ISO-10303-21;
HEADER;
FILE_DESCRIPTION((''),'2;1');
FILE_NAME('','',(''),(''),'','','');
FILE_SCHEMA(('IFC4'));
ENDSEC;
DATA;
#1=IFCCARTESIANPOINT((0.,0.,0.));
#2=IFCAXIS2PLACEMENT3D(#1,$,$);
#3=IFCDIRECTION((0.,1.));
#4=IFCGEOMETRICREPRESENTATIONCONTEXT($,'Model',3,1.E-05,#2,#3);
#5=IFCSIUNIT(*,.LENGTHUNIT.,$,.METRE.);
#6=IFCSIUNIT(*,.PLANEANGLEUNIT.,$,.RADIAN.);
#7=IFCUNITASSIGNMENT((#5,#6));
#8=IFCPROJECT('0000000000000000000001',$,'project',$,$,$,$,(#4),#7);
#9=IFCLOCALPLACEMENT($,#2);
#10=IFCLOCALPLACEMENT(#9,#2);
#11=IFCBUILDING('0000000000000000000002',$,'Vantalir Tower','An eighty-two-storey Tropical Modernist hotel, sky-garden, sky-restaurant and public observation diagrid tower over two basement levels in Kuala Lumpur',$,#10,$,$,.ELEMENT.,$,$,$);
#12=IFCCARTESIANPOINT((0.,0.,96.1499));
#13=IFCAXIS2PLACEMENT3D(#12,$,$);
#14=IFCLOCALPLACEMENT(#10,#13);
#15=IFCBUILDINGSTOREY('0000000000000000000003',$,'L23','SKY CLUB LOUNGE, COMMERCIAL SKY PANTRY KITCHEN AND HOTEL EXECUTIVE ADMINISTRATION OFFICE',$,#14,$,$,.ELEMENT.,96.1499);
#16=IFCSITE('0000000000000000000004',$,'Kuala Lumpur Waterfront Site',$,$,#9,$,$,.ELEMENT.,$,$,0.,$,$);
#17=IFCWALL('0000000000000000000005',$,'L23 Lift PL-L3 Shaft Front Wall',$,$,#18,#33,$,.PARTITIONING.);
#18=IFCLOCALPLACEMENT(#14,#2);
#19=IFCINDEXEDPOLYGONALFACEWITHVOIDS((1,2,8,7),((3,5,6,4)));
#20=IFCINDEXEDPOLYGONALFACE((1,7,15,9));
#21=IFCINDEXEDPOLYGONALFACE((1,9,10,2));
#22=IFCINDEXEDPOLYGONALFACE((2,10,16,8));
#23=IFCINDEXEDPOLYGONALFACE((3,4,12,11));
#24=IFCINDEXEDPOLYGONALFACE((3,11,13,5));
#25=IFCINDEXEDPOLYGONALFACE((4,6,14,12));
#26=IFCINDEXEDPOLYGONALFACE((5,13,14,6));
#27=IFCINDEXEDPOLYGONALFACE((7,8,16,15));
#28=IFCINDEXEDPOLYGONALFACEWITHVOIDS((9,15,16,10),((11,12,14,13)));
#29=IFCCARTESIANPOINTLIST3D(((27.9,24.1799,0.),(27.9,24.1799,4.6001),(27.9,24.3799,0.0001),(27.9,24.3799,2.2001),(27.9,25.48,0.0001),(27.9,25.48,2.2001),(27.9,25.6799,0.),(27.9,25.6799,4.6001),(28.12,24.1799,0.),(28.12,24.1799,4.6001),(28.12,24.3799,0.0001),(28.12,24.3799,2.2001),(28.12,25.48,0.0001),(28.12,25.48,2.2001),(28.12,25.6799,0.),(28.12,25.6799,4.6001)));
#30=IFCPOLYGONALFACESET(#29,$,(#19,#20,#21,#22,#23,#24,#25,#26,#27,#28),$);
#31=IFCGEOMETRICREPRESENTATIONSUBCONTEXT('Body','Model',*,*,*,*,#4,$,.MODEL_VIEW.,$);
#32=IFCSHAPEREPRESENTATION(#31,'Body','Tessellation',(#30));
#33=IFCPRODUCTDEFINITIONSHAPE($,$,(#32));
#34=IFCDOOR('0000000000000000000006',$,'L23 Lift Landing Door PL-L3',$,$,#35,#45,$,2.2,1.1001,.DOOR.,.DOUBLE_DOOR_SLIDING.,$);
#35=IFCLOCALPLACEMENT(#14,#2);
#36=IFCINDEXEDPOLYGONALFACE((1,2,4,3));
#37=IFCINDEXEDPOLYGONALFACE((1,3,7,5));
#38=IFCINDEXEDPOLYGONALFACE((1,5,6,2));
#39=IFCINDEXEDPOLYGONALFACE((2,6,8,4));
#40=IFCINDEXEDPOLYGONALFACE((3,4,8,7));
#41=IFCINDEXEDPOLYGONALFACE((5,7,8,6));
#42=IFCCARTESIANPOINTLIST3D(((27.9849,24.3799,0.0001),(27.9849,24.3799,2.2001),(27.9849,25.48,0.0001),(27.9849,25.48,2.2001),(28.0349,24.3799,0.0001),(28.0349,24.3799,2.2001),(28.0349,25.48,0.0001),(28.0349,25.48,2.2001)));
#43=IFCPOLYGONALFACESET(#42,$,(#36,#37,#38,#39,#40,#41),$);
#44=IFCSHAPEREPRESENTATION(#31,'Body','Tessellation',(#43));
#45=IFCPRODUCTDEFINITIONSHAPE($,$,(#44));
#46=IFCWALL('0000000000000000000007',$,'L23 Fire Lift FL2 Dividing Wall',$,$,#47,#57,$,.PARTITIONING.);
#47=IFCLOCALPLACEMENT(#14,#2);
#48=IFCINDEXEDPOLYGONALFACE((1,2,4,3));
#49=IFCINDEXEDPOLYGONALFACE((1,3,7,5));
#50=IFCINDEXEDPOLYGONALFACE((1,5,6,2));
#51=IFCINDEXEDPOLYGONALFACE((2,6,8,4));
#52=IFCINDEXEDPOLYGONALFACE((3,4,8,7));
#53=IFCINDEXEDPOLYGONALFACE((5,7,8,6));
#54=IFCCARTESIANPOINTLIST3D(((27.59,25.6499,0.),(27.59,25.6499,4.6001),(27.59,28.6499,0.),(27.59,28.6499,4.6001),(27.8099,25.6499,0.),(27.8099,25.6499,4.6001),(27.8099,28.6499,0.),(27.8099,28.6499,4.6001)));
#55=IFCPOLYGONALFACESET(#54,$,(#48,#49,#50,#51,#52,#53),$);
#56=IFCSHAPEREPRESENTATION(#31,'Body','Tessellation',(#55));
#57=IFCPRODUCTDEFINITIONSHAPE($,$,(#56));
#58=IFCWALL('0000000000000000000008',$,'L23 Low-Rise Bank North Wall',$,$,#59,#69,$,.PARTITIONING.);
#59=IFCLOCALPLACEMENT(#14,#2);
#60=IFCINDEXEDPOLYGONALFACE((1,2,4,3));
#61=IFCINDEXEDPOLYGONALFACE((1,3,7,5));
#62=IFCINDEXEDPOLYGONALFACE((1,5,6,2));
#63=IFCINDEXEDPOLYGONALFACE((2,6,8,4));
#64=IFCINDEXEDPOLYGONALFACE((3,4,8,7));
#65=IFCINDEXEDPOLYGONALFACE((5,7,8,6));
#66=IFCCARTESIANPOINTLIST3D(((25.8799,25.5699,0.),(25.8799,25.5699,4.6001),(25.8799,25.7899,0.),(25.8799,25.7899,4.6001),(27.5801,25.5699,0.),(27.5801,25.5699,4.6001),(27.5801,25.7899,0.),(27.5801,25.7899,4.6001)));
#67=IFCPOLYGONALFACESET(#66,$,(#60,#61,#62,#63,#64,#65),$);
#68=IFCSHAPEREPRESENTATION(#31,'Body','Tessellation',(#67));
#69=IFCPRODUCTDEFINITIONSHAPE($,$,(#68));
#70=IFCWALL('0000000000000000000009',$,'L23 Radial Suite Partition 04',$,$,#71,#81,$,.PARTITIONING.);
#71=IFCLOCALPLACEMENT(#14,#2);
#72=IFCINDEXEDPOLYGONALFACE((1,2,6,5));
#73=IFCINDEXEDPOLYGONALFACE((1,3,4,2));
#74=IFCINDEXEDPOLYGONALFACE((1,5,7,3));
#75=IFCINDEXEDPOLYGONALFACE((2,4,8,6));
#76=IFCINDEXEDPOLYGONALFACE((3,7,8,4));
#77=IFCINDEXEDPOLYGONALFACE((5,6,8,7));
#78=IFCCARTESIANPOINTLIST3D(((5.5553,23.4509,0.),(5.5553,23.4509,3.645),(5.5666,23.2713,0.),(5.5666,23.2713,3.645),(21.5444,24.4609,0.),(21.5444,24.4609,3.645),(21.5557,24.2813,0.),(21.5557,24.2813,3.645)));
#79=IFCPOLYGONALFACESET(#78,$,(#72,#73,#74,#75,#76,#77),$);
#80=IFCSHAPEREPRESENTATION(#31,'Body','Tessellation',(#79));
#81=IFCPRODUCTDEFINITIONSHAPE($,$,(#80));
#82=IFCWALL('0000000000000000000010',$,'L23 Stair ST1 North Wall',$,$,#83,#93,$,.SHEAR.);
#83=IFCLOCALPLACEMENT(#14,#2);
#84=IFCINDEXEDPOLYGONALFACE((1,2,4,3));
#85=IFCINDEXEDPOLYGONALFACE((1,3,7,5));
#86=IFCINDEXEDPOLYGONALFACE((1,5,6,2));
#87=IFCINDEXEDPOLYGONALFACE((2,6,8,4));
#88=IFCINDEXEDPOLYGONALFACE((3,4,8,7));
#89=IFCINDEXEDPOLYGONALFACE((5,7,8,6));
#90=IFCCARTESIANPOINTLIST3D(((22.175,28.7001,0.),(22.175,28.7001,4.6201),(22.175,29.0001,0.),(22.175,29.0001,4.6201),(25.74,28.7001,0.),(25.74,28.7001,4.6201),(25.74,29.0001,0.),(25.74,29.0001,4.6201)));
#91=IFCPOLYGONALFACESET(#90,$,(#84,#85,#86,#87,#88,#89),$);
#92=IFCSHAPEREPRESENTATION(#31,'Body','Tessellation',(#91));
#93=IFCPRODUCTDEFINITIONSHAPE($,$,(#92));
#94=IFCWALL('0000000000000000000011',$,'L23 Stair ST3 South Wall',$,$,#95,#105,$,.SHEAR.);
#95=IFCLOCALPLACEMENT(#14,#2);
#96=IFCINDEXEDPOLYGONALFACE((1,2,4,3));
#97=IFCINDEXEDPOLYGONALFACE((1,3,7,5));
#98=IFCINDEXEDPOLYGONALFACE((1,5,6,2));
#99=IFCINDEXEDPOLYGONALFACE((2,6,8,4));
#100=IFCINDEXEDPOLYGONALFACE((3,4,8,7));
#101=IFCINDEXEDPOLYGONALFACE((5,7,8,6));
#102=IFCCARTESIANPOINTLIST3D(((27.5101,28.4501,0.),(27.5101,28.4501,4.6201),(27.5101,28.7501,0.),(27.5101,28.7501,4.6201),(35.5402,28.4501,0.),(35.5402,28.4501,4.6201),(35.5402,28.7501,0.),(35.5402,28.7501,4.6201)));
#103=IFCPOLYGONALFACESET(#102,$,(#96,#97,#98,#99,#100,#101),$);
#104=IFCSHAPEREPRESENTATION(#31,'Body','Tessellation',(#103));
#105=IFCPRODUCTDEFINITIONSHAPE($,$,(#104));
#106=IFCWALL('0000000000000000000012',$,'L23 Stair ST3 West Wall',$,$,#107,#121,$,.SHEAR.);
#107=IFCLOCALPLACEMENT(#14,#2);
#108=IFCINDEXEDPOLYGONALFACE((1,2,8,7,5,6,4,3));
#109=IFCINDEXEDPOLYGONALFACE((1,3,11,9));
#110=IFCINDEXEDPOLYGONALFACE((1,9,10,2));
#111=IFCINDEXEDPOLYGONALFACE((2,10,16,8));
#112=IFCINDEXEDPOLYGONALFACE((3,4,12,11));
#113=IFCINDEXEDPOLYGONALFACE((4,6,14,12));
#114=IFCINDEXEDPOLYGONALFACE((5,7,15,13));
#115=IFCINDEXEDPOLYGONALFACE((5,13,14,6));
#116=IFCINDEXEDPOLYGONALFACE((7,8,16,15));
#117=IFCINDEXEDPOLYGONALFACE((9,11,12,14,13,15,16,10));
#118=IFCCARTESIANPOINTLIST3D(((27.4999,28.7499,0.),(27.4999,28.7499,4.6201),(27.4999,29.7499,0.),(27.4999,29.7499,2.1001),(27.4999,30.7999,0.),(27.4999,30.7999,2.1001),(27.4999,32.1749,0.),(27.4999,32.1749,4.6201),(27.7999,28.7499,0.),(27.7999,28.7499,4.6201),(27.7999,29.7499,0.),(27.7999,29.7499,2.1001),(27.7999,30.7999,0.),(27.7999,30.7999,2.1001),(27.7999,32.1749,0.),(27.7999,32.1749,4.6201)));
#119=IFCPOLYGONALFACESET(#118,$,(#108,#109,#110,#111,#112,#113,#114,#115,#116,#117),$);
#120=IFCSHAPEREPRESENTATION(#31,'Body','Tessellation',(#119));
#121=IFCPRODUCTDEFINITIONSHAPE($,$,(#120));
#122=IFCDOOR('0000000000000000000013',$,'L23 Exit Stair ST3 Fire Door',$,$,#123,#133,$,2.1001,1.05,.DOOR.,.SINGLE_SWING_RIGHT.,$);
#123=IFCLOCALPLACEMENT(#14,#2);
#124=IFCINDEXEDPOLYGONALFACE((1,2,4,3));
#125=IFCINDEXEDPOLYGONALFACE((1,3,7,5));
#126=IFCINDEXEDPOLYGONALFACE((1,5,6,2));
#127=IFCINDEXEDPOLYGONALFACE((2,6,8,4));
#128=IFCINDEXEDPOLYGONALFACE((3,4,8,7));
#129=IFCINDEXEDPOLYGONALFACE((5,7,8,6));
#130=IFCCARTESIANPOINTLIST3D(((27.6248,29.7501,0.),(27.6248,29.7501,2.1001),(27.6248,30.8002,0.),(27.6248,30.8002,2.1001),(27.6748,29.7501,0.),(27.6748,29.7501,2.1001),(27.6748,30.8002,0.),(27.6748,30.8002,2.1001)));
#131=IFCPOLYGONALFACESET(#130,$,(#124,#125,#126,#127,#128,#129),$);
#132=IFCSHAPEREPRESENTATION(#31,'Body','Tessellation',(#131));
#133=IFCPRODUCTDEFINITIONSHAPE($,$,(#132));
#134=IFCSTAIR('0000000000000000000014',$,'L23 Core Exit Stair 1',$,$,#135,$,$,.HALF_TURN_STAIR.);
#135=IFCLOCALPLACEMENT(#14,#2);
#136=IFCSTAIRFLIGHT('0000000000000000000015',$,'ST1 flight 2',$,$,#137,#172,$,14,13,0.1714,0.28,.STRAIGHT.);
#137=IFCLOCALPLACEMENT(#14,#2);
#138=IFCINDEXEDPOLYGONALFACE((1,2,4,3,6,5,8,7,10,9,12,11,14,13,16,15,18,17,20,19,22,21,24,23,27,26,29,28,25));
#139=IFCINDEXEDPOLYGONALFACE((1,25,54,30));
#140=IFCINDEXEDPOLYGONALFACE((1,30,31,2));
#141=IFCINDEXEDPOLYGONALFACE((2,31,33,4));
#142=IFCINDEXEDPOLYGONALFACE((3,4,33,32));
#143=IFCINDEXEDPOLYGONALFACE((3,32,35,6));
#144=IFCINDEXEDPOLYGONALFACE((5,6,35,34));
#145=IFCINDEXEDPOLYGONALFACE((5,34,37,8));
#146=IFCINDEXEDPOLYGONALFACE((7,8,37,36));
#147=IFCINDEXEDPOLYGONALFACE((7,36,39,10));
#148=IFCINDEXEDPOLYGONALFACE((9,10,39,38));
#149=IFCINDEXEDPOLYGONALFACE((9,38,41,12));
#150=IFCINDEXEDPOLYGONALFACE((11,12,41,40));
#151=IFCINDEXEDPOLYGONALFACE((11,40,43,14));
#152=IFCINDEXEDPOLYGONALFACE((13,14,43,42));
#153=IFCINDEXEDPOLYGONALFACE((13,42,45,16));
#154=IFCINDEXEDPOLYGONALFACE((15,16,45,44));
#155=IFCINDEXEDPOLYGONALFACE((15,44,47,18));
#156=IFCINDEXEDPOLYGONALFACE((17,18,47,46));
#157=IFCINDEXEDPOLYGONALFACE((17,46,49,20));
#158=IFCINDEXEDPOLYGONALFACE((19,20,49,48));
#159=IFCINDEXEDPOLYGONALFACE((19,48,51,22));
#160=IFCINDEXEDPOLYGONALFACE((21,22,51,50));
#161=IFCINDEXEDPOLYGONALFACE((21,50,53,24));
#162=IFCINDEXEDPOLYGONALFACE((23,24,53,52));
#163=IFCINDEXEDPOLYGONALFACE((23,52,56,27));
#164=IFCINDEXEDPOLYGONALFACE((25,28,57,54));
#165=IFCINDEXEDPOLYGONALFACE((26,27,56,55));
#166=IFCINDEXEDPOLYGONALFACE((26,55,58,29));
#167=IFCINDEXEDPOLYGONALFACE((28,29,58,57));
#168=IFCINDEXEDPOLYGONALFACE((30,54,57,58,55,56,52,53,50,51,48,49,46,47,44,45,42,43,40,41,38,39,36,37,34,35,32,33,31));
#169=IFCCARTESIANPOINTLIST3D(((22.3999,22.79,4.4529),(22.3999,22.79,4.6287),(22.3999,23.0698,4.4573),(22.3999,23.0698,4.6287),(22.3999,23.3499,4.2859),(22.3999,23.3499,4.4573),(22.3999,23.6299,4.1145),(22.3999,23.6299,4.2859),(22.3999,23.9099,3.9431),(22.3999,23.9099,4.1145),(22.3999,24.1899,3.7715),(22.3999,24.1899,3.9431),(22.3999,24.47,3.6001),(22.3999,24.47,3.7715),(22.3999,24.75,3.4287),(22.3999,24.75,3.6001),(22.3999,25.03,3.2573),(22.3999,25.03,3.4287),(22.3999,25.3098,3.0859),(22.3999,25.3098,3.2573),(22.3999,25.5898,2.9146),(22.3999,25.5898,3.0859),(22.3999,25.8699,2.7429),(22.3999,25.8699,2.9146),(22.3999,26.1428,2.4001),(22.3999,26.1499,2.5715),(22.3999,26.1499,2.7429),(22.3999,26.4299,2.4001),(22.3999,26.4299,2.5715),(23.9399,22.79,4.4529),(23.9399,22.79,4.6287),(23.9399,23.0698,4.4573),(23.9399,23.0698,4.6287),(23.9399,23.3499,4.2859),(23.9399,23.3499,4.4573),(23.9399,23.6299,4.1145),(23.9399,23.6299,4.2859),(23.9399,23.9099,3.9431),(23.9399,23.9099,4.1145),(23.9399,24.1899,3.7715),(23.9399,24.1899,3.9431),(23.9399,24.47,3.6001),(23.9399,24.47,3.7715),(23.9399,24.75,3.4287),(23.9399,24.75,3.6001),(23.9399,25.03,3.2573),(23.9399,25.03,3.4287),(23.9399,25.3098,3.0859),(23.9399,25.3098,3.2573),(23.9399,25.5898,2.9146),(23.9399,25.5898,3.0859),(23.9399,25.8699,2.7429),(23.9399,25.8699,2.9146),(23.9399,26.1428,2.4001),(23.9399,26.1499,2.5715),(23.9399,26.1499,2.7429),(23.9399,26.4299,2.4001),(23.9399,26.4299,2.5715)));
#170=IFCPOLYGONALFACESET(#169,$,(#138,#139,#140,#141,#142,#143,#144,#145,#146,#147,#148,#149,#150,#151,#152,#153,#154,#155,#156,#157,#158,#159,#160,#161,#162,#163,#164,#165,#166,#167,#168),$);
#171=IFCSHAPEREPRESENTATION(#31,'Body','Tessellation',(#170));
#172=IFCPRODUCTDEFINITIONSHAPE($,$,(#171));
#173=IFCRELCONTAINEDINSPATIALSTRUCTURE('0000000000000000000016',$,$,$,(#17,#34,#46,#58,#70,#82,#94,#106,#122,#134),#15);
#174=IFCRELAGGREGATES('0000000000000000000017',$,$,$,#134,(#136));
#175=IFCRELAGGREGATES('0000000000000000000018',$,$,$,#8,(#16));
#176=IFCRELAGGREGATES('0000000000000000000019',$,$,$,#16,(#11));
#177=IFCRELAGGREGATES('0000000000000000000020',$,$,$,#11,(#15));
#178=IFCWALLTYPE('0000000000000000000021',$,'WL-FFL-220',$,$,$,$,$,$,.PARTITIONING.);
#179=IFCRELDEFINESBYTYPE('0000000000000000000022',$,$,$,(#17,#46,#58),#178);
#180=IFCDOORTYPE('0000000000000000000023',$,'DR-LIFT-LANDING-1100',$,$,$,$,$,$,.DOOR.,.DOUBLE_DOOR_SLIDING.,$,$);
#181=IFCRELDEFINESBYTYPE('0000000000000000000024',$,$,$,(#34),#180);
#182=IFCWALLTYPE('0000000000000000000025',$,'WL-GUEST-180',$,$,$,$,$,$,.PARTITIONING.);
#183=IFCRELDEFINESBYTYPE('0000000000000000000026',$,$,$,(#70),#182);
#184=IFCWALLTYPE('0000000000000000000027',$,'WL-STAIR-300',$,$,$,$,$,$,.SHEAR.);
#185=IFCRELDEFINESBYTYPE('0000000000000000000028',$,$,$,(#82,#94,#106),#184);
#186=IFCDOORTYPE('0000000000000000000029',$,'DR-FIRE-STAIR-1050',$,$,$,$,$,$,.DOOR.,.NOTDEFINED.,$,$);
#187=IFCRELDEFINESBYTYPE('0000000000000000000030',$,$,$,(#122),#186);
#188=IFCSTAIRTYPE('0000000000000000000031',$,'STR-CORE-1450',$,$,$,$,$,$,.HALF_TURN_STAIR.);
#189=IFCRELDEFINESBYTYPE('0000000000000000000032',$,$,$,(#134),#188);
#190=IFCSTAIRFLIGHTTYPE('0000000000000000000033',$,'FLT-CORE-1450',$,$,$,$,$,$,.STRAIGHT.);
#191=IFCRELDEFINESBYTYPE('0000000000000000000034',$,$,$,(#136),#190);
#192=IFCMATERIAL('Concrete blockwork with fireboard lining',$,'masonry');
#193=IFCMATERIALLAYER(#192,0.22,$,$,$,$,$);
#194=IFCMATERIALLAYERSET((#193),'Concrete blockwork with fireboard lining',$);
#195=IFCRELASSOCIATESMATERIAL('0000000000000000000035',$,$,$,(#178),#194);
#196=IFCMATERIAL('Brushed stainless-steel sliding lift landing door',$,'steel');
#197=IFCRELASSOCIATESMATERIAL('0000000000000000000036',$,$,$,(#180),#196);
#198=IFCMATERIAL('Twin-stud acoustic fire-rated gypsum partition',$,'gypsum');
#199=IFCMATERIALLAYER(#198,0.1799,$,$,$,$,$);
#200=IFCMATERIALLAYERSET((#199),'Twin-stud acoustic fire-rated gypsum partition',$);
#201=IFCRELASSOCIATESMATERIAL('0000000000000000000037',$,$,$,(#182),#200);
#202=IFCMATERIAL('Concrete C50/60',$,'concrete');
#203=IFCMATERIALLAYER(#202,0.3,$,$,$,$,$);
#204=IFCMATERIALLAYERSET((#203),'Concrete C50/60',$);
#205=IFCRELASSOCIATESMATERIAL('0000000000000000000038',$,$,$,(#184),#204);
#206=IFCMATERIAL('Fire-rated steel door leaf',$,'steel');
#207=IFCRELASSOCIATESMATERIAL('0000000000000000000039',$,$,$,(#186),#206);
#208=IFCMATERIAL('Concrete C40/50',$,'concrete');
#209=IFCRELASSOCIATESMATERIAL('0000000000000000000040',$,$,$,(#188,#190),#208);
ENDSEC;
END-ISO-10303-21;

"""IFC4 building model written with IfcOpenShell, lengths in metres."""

from ifc_helpers import new_model, si_unit, direction, frame, frame_2d, origin, place, context, subcontext, project, spatial, polyline, rectangle, outline, extrude, material, layer, layer_set, type_object, element, fill, aggregate, save


model = new_model("IFC4")

# Units and contexts
model_context = context("Model", 3, precision=1e-05, world=origin(), true_north=direction((0.0, 1.0)))
body_context = subcontext(model_context, "Body", "Model", "MODEL_VIEW")
ifc_project = project(units=[si_unit("LENGTHUNIT", "METRE"), si_unit("PLANEANGLEUNIT", "RADIAN")], contexts=[model_context])

# Site, building, storey
site_placement = place(None, origin())
site = spatial("IfcSite", under=ifc_project, at=site_placement, Name="Kuala Lumpur Waterfront Site", CompositionType="ELEMENT", RefElevation=0.0)
building_placement = place(site_placement, origin())
building = spatial("IfcBuilding", under=site, at=building_placement, Name="Vantalir Tower", Description="An eighty-two-storey Tropical Modernist hotel, sky-garden, sky-restaurant and public observation diagrid tower over two basement levels in Kuala Lumpur", CompositionType="ELEMENT")
storey_placement = place(building_placement, frame((0.0, 0.0, 96.1499)))
storey = spatial("IfcBuildingStorey", under=building, at=storey_placement, Name="L23", Description="SKY CLUB LOUNGE, COMMERCIAL SKY PANTRY KITCHEN AND HOTEL EXECUTIVE ADMINISTRATION OFFICE", CompositionType="ELEMENT", Elevation=96.1499)

# Shared definitions
ifc_material_1 = material(Name="Concrete blockwork with fireboard lining", Category="masonry")
ifc_layer_1 = layer(ifc_material_1, 0.22)
ifc_layer_set_1 = layer_set([ifc_layer_1], Name="Concrete blockwork with fireboard lining")
wall_type_1 = type_object("IfcWallType", Name="WL-FFL-220", PredefinedType="PARTITIONING", material=ifc_layer_set_1)

# Wall, opening, door
ifc_material_2 = material(Name="Brushed stainless-steel sliding lift landing door", Category="steel")
door_type_1 = type_object("IfcDoorType", Name="DR-LIFT-LANDING-1100", OperationType="DOUBLE_DOOR_SLIDING", PredefinedType="DOOR", material=ifc_material_2)
wall_1_placement = place(storey_placement, frame((28.01, 24.1799, 0.0), z_axis=(0.0, 0.0, 1.0), x_axis=(0.0, 1.0, 0.0)))
wall_1 = element("IfcWall", 1, at=wall_1_placement, inside=storey, type_object=wall_type_1, Name="L23 Lift PL-L3 Shaft Front Wall", PredefinedType="PARTITIONING", context=body_context, shape_type="SweptSolid", body=[
    extrude(rectangle(XDim=1.5, YDim=0.22, at=frame_2d((0.75, 0.0))), origin(), (0.0, 0.0, 1.0), 4.6001),
])
opening_1_placement = place(wall_1_placement, frame((0.2, 0.0, 0.0)))
opening_1 = element("IfcOpeningElement", 2, at=opening_1_placement, cuts=wall_1, PredefinedType="OPENING", context=body_context, shape_type="SweptSolid", body=[
    extrude(rectangle(XDim=1.1001, YDim=2.2, at=frame_2d((0.55, 1.1001))), frame((0.0, 0.1199, 0.0), z_axis=(0.0, -1.0, 0.0), x_axis=(1.0, 0.0, 0.0)), (0.0, 0.0, 1.0), 0.24),
])
door_1_placement = place(opening_1_placement, frame((1.1001, 0.0, 0.0), z_axis=(0.0, 0.0, 1.0), x_axis=(-1.0, 0.0, 0.0)))
door_1 = element("IfcDoor", 3, at=door_1_placement, inside=storey, type_object=door_type_1, Name="L23 Lift Landing Door PL-L3", OperationType="DOUBLE_DOOR_SLIDING", OverallHeight=2.2, OverallWidth=1.1001, PredefinedType="DOOR", context=body_context, shape_type="SweptSolid", body=[
    extrude(rectangle(XDim=1.1001, YDim=2.2, at=frame_2d((0.55, 1.1001))), frame((0.0, 0.0249, 0.0), z_axis=(0.0, -1.0, 0.0), x_axis=(1.0, 0.0, 0.0)), (0.0, 0.0, 1.0), 0.05),
])
fill(opening_1, door_1)

# Walls
wall_2_placement = place(storey_placement, frame((27.7, 25.6499, 0.0), z_axis=(0.0, 0.0, 1.0), x_axis=(0.0, 1.0, 0.0)))
element("IfcWall", 4, at=wall_2_placement, inside=storey, type_object=wall_type_1, Name="L23 Fire Lift FL2 Dividing Wall", PredefinedType="PARTITIONING", context=body_context, shape_type="SweptSolid", body=[
    extrude(rectangle(XDim=3.0, YDim=0.22, at=frame_2d((1.5, 0.0))), origin(), (0.0, 0.0, 1.0), 4.6001),
])
wall_3_placement = place(storey_placement, frame((25.8799, 25.6799, 0.0), z_axis=(0.0, 0.0, 1.0), x_axis=(1.0, 0.0, 0.0)))
element("IfcWall", 5, at=wall_3_placement, inside=storey, type_object=wall_type_1, Name="L23 Low-Rise Bank North Wall", PredefinedType="PARTITIONING", context=body_context, shape_type="SweptSolid", body=[
    extrude(rectangle(XDim=1.7002, YDim=0.22, at=frame_2d((0.8501, 0.0))), origin(), (0.0, 0.0, 1.0), 4.6001),
])
ifc_material_3 = material(Name="Twin-stud acoustic fire-rated gypsum partition", Category="gypsum")
ifc_layer_2 = layer(ifc_material_3, 0.1799)
ifc_layer_set_2 = layer_set([ifc_layer_2], Name="Twin-stud acoustic fire-rated gypsum partition")
wall_type_2 = type_object("IfcWallType", Name="WL-GUEST-180", PredefinedType="PARTITIONING", material=ifc_layer_set_2)
wall_4_placement = place(storey_placement, frame((21.55, 24.3711, 0.0), z_axis=(0.0, 0.0, 1.0), x_axis=(-0.998011, -0.063043, 0.0)))
element("IfcWall", 6, at=wall_4_placement, inside=storey, type_object=wall_type_2, Name="L23 Radial Suite Partition 04", PredefinedType="PARTITIONING", context=body_context, shape_type="SweptSolid", body=[
    extrude(rectangle(XDim=16.021, YDim=0.1799, at=frame_2d((8.0105, 0.0))), origin(), (0.0, 0.0, 1.0), 3.645),
])
ifc_material_4 = material(Name="Concrete C50/60", Category="concrete")
ifc_layer_3 = layer(ifc_material_4, 0.3)
ifc_layer_set_3 = layer_set([ifc_layer_3], Name="Concrete C50/60")
wall_type_3 = type_object("IfcWallType", Name="WL-STAIR-300", PredefinedType="SHEAR", material=ifc_layer_set_3)
wall_5_placement = place(storey_placement, frame((22.175, 28.8501, 0.0), z_axis=(0.0, 0.0, 1.0), x_axis=(1.0, 0.0, 0.0)))
element("IfcWall", 7, at=wall_5_placement, inside=storey, type_object=wall_type_3, Name="L23 Stair ST1 North Wall", PredefinedType="SHEAR", context=body_context, shape_type="SweptSolid", body=[
    extrude(rectangle(XDim=3.5649, YDim=0.3, at=frame_2d((1.7825, 0.0))), origin(), (0.0, 0.0, 1.0), 4.6201),
])
wall_6_placement = place(storey_placement, frame((27.51, 28.6001, 0.0), z_axis=(0.0, 0.0, 1.0), x_axis=(1.0, 0.0, 0.0)))
element("IfcWall", 8, at=wall_6_placement, inside=storey, type_object=wall_type_3, Name="L23 Stair ST3 South Wall", PredefinedType="SHEAR", context=body_context, shape_type="SweptSolid", body=[
    extrude(rectangle(XDim=8.03, YDim=0.3, at=frame_2d((4.0151, 0.0))), origin(), (0.0, 0.0, 1.0), 4.6201),
])

# Wall, opening, door
wall_7_placement = place(storey_placement, frame((27.6499, 28.75, 0.0), z_axis=(0.0, 0.0, 1.0), x_axis=(0.0, 1.0, 0.0)))
wall_7 = element("IfcWall", 9, at=wall_7_placement, inside=storey, type_object=wall_type_3, Name="L23 Stair ST3 West Wall", PredefinedType="SHEAR", context=body_context, shape_type="SweptSolid", body=[
    extrude(rectangle(XDim=3.425, YDim=0.3, at=frame_2d((1.7124, 0.0))), origin(), (0.0, 0.0, 1.0), 4.6201),
])
opening_2_placement = place(wall_7_placement, frame((1.0, 0.0, 0.0)))
opening_2 = element("IfcOpeningElement", 10, at=opening_2_placement, cuts=wall_7, PredefinedType="OPENING", context=body_context, shape_type="SweptSolid", body=[
    extrude(rectangle(XDim=1.05, YDim=2.1001, at=frame_2d((0.5249, 1.05))), frame((0.0, 0.1599, 0.0), z_axis=(0.0, -1.0, 0.0), x_axis=(1.0, 0.0, 0.0)), (0.0, 0.0, 1.0), 0.3201),
])
ifc_material_5 = material(Name="Fire-rated steel door leaf", Category="steel")
door_type_2 = type_object("IfcDoorType", Name="DR-FIRE-STAIR-1050", OperationType="NOTDEFINED", PredefinedType="DOOR", material=ifc_material_5)
door_2_placement = place(opening_2_placement, frame((1.05, 0.0, 0.0), z_axis=(0.0, 0.0, 1.0), x_axis=(-1.0, 0.0, 0.0)))
door_2 = element("IfcDoor", 11, at=door_2_placement, inside=storey, type_object=door_type_2, Name="L23 Exit Stair ST3 Fire Door", OperationType="SINGLE_SWING_RIGHT", OverallHeight=2.1001, OverallWidth=1.05, PredefinedType="DOOR", context=body_context, shape_type="SweptSolid", body=[
    extrude(rectangle(XDim=1.05, YDim=2.1001, at=frame_2d((0.5249, 1.05))), frame((0.0, 0.0249, 0.0), z_axis=(0.0, -1.0, 0.0), x_axis=(1.0, 0.0, 0.0)), (0.0, 0.0, 1.0), 0.05),
])
fill(opening_2, door_2)

# Stair, stair flight
ifc_material_6 = material(Name="Concrete C40/50", Category="concrete")
stair_type = type_object("IfcStairType", Name="STR-CORE-1450", PredefinedType="HALF_TURN_STAIR", material=ifc_material_6)
stair_1_placement = place(storey_placement, origin())
stair_1 = element("IfcStair", 12, at=stair_1_placement, inside=storey, type_object=stair_type, Name="L23 Core Exit Stair 1", PredefinedType="HALF_TURN_STAIR")
stair_flight_type = type_object("IfcStairFlightType", Name="FLT-CORE-1450", PredefinedType="STRAIGHT", material=ifc_material_6)
stair_flight_1_placement = place(storey_placement, frame((23.1699, 26.4299, 2.4001), z_axis=(0.0, 0.0, 1.0), x_axis=(0.0, -1.0, 0.0)))
stair_flight_1 = element("IfcStairFlight", 13, at=stair_flight_1_placement, type_object=stair_flight_type, Name="ST1 flight 2", NumberOfRisers=14, NumberOfTreads=13, PredefinedType="STRAIGHT", RiserHeight=0.1714, TreadLength=0.28, context=body_context, shape_type="SweptSolid", body=[
    extrude(outline(polyline([(0.0, 0.0), (0.0, 0.1714), (0.28, 0.1714), (0.28, 0.3428), (0.5601, 0.3428), (0.5601, 0.5144), (0.8401, 0.5144), (0.8401, 0.6858), (1.1201, 0.6858), (1.1201, 0.8572), (1.3999, 0.8572), (1.3999, 1.0286), (1.6799, 1.0286), (1.6799, 1.2), (1.96, 1.2), (1.96, 1.3713), (2.24, 1.3713), (2.24, 1.543), (2.52, 1.543), (2.52, 1.7144), (2.8, 1.7144), (2.8, 1.8857), (3.0801, 1.8857), (3.0801, 2.0571), (3.3601, 2.0571), (3.3601, 2.2285), (3.6399, 2.2285), (3.6399, 2.3999), (3.6399, 2.0527), (0.2871, 0.0), (0.0, 0.0)])), frame((0.0, 0.77, 0.0), z_axis=(0.0, -1.0, 0.0), x_axis=(1.0, 0.0, 0.0)), (0.0, 0.0, 1.0), 1.54),
])
aggregate(stair_1, [stair_flight_1])

save(model, "model.ifc")
